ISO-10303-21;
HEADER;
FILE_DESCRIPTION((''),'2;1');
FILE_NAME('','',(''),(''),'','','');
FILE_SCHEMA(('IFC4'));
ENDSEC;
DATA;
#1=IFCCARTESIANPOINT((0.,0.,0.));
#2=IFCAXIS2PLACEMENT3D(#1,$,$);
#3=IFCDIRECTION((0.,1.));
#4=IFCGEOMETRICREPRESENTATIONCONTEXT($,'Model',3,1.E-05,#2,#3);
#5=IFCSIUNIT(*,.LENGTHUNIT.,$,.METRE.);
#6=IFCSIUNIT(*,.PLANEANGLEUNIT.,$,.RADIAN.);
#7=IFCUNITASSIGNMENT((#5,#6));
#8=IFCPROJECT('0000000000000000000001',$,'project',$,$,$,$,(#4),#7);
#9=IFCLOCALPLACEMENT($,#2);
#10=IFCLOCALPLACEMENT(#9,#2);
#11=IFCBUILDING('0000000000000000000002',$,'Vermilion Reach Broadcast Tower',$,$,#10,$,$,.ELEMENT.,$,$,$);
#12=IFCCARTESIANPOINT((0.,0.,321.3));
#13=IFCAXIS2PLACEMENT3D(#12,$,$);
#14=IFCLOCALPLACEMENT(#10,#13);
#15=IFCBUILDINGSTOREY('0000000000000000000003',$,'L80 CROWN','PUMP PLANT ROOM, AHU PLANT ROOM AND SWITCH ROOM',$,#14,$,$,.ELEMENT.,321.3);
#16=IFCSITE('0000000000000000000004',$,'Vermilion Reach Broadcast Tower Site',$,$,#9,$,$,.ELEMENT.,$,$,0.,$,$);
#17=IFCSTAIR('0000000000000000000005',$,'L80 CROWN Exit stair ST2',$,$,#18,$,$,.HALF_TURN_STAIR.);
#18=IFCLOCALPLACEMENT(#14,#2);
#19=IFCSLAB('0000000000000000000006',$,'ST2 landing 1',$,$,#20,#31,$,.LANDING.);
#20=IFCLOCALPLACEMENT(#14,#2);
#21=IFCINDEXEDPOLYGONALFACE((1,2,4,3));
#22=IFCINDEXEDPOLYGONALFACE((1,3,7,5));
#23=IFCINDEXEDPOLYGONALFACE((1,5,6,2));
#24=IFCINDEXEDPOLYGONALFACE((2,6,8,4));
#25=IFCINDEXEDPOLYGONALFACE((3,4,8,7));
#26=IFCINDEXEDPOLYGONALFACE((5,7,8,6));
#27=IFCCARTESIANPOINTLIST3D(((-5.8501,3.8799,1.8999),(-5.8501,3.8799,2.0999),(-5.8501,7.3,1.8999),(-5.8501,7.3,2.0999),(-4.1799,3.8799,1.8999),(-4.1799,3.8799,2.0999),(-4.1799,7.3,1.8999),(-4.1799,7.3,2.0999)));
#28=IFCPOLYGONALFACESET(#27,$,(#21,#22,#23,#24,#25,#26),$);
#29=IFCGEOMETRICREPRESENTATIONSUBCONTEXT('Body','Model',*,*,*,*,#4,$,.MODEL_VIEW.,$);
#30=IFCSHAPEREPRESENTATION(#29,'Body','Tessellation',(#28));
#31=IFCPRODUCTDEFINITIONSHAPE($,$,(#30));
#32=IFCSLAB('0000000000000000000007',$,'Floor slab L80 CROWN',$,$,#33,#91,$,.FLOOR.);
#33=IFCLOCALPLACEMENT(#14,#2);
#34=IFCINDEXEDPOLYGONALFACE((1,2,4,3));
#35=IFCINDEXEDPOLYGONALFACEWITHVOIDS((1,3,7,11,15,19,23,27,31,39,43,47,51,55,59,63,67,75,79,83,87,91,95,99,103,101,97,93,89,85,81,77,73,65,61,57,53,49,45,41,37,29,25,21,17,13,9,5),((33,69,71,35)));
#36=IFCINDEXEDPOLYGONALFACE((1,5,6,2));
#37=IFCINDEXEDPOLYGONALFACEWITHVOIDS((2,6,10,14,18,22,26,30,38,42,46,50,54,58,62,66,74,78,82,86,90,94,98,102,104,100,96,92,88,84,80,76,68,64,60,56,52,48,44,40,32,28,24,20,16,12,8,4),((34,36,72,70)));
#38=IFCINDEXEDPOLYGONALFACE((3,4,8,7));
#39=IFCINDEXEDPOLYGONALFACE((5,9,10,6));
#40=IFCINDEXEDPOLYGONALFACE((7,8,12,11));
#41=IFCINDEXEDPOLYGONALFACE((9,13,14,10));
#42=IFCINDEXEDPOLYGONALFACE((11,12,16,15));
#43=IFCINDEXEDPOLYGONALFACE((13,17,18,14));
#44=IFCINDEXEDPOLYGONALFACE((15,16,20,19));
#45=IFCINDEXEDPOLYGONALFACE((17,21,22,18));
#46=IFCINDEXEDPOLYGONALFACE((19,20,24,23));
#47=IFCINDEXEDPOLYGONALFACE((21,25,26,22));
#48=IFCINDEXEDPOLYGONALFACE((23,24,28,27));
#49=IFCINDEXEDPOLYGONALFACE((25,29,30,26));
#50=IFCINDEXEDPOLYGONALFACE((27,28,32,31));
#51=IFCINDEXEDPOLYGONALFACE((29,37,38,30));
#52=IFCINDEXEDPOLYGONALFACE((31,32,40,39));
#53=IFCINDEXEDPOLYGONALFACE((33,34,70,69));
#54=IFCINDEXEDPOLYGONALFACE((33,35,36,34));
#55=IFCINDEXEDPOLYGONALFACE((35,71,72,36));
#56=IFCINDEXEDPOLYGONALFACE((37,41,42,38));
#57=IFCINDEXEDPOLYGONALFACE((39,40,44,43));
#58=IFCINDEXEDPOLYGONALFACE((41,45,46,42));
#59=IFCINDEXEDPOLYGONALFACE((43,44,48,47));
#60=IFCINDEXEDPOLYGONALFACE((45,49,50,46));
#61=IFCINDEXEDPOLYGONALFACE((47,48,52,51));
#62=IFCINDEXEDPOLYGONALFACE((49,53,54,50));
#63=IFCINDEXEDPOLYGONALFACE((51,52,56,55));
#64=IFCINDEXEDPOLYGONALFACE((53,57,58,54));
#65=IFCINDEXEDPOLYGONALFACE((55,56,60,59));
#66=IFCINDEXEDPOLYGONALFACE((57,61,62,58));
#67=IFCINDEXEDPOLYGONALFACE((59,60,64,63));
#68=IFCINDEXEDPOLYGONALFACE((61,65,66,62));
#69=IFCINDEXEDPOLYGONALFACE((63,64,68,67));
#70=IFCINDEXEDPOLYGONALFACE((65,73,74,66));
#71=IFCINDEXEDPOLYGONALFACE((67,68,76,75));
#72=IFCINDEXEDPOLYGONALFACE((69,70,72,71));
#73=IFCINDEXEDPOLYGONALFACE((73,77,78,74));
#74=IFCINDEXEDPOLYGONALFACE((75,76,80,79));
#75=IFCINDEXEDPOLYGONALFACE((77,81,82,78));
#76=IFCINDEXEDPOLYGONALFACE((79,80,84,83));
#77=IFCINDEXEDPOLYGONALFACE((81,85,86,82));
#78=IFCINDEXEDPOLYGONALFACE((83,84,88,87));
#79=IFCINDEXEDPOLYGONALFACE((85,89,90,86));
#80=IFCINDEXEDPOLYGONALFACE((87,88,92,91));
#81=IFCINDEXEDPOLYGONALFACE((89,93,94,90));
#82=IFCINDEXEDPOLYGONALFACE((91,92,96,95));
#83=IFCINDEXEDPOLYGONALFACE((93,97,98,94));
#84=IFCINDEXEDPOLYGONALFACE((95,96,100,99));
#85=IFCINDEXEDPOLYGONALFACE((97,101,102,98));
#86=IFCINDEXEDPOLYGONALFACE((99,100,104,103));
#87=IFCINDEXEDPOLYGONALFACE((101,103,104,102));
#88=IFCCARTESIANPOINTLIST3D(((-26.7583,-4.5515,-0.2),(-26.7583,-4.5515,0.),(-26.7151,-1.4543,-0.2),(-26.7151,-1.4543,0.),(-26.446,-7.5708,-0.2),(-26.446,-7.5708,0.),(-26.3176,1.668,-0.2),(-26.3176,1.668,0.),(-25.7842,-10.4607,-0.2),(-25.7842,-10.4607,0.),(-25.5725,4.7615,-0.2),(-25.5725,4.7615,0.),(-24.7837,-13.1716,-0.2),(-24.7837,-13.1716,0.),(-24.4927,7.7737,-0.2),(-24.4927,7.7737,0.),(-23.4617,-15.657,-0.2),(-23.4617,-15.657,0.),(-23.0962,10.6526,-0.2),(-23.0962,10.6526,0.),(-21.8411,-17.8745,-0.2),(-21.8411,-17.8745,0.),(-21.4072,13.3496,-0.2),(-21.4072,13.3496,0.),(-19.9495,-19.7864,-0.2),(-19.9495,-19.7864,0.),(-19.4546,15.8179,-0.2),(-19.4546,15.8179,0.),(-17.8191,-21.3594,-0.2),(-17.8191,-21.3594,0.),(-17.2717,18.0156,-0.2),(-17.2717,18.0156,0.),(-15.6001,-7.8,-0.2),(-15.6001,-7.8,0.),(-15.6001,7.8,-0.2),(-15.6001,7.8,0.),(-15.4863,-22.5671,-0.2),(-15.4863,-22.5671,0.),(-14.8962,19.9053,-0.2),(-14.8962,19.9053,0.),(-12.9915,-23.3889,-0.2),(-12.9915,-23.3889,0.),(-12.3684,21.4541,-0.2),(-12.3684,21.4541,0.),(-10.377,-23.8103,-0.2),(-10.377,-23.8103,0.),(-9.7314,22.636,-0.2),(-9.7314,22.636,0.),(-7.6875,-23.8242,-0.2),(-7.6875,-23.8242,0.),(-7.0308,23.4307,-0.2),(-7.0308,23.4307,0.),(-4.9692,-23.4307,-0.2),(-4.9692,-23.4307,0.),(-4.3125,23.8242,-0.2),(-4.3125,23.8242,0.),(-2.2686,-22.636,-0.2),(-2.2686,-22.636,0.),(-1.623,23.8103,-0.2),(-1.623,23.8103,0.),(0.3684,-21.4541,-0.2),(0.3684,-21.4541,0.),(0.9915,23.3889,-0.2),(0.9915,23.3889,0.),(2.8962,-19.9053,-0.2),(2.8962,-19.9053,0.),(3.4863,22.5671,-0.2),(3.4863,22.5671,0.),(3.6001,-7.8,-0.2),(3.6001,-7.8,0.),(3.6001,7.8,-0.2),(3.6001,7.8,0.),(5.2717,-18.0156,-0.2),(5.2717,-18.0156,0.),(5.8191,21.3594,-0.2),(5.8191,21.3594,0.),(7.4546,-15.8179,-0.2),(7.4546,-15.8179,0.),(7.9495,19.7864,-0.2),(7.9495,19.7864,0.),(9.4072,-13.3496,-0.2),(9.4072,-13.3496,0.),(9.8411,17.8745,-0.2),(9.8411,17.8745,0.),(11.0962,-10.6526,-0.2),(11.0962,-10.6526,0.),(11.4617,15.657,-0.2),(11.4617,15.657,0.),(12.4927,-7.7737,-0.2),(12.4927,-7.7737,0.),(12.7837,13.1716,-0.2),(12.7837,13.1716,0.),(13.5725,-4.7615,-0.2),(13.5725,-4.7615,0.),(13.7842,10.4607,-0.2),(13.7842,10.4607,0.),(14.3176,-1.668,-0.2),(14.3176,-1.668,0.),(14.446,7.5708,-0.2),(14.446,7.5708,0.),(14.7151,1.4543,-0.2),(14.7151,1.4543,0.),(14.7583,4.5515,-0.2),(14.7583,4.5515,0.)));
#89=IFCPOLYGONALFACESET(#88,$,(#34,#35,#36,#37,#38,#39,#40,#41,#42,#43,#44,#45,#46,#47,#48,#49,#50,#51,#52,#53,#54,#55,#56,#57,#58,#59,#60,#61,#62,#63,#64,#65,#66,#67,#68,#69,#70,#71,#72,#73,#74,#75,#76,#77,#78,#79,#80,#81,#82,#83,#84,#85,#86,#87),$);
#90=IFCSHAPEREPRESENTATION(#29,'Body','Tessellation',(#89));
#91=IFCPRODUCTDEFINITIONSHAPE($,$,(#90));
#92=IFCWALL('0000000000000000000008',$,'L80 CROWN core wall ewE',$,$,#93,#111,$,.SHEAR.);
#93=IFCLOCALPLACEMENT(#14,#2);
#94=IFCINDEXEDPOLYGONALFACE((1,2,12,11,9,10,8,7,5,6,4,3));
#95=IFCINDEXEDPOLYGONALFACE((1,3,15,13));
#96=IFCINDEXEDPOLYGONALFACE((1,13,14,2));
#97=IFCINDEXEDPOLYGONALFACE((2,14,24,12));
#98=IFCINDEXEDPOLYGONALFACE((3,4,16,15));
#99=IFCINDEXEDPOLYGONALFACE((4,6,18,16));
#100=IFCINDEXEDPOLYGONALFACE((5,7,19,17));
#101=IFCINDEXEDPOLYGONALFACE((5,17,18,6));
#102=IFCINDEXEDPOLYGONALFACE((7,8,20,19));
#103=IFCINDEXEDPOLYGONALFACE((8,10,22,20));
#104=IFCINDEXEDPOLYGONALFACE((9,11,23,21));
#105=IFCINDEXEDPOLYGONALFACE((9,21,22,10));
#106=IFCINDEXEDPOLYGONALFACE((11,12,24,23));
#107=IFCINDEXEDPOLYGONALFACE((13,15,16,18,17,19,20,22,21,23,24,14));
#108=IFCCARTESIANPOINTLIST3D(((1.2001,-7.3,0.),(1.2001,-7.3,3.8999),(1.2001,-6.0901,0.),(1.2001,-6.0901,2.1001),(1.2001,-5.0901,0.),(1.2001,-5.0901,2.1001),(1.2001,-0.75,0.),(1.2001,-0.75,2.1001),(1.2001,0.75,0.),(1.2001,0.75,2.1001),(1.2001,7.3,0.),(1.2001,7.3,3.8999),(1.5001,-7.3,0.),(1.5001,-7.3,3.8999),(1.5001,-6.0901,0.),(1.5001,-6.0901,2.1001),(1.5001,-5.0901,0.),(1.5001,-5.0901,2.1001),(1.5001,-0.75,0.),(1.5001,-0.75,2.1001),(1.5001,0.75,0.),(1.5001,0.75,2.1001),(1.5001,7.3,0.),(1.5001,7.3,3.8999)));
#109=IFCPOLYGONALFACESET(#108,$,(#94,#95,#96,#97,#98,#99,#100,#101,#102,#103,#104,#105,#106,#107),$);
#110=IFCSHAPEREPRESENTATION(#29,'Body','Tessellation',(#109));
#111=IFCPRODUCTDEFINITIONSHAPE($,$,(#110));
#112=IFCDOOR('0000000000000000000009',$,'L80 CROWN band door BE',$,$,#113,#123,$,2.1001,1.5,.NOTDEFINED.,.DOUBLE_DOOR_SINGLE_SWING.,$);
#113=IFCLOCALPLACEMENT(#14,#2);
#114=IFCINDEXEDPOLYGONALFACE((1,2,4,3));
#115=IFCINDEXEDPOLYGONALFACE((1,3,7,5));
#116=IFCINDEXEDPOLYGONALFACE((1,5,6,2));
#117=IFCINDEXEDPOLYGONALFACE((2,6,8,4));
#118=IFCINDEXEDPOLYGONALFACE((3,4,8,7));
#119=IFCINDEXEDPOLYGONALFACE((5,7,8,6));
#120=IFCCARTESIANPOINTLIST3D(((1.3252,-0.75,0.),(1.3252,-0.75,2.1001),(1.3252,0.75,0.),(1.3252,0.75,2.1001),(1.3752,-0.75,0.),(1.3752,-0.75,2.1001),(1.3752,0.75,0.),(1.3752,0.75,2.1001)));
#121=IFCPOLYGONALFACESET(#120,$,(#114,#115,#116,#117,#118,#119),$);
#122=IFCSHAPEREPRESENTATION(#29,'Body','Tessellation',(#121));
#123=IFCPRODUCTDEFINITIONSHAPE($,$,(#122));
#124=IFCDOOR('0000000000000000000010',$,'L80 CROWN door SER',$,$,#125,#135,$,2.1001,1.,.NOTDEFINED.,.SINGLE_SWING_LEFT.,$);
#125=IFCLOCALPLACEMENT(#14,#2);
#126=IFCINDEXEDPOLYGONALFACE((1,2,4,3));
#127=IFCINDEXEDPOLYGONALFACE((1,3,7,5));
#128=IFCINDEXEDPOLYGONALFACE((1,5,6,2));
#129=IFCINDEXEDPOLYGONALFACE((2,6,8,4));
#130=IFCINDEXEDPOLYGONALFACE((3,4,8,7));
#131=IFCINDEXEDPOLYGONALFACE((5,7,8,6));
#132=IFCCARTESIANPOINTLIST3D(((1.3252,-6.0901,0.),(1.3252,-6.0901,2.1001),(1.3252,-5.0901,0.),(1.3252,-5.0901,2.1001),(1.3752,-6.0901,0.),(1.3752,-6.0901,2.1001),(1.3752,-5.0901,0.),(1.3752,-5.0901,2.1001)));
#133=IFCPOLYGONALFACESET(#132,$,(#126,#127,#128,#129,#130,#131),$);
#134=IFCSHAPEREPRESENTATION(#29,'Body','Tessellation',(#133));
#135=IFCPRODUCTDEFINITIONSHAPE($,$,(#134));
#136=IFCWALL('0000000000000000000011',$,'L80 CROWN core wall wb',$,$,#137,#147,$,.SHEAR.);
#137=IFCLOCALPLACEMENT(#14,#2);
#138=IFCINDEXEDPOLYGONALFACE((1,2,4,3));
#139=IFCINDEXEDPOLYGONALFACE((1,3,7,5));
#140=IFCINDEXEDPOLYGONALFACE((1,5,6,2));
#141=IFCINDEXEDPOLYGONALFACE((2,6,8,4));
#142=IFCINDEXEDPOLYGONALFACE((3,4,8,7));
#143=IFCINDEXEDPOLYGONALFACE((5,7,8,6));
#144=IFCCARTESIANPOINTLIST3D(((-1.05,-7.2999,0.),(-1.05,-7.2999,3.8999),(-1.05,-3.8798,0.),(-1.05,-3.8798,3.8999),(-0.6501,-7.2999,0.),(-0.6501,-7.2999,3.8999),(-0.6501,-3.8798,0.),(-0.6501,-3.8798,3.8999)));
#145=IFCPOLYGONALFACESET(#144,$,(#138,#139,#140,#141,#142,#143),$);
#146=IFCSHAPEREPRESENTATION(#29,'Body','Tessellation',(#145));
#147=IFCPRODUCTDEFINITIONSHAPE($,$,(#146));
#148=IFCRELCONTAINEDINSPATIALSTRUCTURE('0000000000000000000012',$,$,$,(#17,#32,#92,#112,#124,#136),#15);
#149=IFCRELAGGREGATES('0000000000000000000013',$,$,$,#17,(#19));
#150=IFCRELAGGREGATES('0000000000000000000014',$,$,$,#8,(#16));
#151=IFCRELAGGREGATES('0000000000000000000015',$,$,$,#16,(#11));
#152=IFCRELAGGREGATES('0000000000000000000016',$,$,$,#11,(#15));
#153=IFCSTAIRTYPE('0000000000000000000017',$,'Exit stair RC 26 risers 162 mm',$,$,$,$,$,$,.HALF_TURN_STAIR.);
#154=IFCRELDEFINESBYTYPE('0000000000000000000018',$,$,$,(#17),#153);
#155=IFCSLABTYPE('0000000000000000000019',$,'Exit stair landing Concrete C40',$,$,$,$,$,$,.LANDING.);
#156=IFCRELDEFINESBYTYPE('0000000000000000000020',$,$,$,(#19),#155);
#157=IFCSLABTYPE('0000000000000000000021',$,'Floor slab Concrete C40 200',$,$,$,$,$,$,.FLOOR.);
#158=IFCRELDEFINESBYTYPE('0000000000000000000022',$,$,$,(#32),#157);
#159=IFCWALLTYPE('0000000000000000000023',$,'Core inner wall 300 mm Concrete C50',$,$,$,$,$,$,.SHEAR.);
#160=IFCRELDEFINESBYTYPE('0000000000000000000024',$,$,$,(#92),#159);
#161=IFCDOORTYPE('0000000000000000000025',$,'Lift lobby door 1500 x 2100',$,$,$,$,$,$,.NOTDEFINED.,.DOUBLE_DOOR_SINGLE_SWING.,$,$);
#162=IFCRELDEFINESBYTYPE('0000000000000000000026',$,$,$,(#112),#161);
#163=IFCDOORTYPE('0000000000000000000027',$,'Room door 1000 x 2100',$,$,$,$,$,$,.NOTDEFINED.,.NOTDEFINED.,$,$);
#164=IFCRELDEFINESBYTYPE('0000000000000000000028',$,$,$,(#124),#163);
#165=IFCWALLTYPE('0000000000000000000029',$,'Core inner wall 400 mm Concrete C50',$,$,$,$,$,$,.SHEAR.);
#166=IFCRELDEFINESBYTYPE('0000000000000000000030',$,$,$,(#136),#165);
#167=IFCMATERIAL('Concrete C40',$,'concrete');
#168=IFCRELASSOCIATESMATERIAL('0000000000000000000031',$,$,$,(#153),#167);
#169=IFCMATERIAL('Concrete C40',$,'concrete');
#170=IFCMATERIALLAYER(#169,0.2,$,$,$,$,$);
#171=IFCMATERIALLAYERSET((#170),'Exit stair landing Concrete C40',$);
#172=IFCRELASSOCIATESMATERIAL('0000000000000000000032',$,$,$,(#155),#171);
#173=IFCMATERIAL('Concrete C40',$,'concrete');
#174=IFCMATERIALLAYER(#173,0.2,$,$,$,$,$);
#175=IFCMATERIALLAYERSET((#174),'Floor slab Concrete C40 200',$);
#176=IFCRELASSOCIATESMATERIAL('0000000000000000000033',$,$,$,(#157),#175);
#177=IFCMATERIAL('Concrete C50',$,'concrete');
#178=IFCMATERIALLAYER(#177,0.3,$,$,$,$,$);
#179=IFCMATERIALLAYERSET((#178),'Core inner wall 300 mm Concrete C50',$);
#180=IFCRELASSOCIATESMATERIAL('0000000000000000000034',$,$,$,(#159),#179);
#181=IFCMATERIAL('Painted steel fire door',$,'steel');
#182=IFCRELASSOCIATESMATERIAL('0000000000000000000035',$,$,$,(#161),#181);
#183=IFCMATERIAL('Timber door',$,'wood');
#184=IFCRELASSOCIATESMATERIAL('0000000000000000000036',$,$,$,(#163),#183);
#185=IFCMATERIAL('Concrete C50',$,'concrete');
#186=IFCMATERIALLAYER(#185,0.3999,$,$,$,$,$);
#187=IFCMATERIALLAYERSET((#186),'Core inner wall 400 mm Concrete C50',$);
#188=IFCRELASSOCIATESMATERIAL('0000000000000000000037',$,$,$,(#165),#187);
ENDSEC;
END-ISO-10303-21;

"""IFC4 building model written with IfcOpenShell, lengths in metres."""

from ifc_helpers import new_model, si_unit, direction, frame, frame_2d, origin, place, context, subcontext, project, spatial, polyline, rectangle, outline, extrude, material, layer, layer_set, type_object, element, fill, aggregate, save


model = new_model("IFC4")

# Units and contexts
model_context = context("Model", 3, precision=1e-05, world=origin(), true_north=direction((0.0, 1.0)))
body_context = subcontext(model_context, "Body", "Model", "MODEL_VIEW")
ifc_project = project(units=[si_unit("LENGTHUNIT", "METRE"), si_unit("PLANEANGLEUNIT", "RADIAN")], contexts=[model_context])

# Site, building, storey
site_placement = place(None, origin())
site = spatial("IfcSite", under=ifc_project, at=site_placement, Name="Vermilion Reach Broadcast Tower Site", CompositionType="ELEMENT", RefElevation=0.0)
building_placement = place(site_placement, origin())
building = spatial("IfcBuilding", under=site, at=building_placement, Name="Vermilion Reach Broadcast Tower", CompositionType="ELEMENT")
storey_placement = place(building_placement, frame((0.0, 0.0, 321.3)))
storey = spatial("IfcBuildingStorey", under=building, at=storey_placement, Name="L80 CROWN", Description="PUMP PLANT ROOM, AHU PLANT ROOM AND SWITCH ROOM", CompositionType="ELEMENT", Elevation=321.3)

# Stair, slab
ifc_material_1 = material(Name="Concrete C40", Category="concrete")
stair_type = type_object("IfcStairType", Name="Exit stair RC 26 risers 162 mm", PredefinedType="HALF_TURN_STAIR", material=ifc_material_1)
placement_1 = place(storey_placement, origin())
ifc_material_2 = material(Name="Concrete C40", Category="concrete")
ifc_layer_1 = layer(ifc_material_2, 0.2)
ifc_layer_set_1 = layer_set([ifc_layer_1], Name="Exit stair landing Concrete C40")
slab_type_1 = type_object("IfcSlabType", Name="Exit stair landing Concrete C40", PredefinedType="LANDING", material=ifc_layer_set_1)
placement_2 = place(storey_placement, frame((0.0, 0.0, 1.8999)))
stair_1 = element("IfcStair", 1, at=placement_1, inside=storey, type_object=stair_type, Name="L80 CROWN Exit stair ST2", PredefinedType="HALF_TURN_STAIR")
slab_1 = element("IfcSlab", 2, at=placement_2, type_object=slab_type_1, Name="ST2 landing 1", PredefinedType="LANDING", context=body_context, shape_type="SweptSolid", body=[
    extrude(outline(polyline([(-4.1799, 7.3), (-5.8501, 7.3), (-5.8501, 3.8799), (-4.1799, 3.8799), (-4.1799, 7.3)])), origin(), (0.0, 0.0, 1.0), 0.2),
])
aggregate(stair_1, [slab_1])

# Slab
ifc_material_3 = material(Name="Concrete C40", Category="concrete")
ifc_layer_2 = layer(ifc_material_3, 0.2)
ifc_layer_set_2 = layer_set([ifc_layer_2], Name="Floor slab Concrete C40 200")
slab_type_2 = type_object("IfcSlabType", Name="Floor slab Concrete C40 200", PredefinedType="FLOOR", material=ifc_layer_set_2)
slab_2_placement = place(storey_placement, frame((0.0, 0.0, -0.2)))
element("IfcSlab", 3, at=slab_2_placement, inside=storey, type_object=slab_type_2, Name="Floor slab L80 CROWN", PredefinedType="FLOOR", context=body_context, shape_type="SweptSolid", body=[
    extrude(outline(polyline([(3.4863, 22.5671), (0.9915, 23.3889), (-1.623, 23.8103), (-4.3125, 23.8242), (-7.0308, 23.4307), (-9.7314, 22.636), (-12.3684, 21.4541), (-14.8962, 19.9053), (-17.2717, 18.0156), (-19.4546, 15.8179), (-21.4072, 13.3496), (-23.0962, 10.6526), (-24.4927, 7.7737), (-25.5725, 4.7615), (-26.3176, 1.668), (-26.7151, -1.4543), (-26.7583, -4.5515), (-26.446, -7.5708), (-25.7842, -10.4607), (-24.7837, -13.1716), (-23.4617, -15.657), (-21.8411, -17.8745), (-19.9495, -19.7864), (-17.8191, -21.3594), (-15.4863, -22.5671), (-12.9915, -23.3889), (-10.377, -23.8103), (-7.6875, -23.8242), (-4.9692, -23.4307), (-2.2686, -22.636), (0.3684, -21.4541), (2.8962, -19.9053), (5.2717, -18.0156), (7.4546, -15.8179), (9.4072, -13.3496), (11.0962, -10.6526), (12.4927, -7.7737), (13.5725, -4.7615), (14.3176, -1.668), (14.7151, 1.4543), (14.7583, 4.5515), (14.446, 7.5708), (13.7842, 10.4607), (12.7837, 13.1716), (11.4617, 15.657), (9.8411, 17.8745), (7.9495, 19.7864), (5.8191, 21.3594), (3.4863, 22.5671)]), holes=[polyline([(-15.6001, -7.8), (3.6001, -7.8), (3.6001, 7.8), (-15.6001, 7.8), (-15.6001, -7.8)])]), origin(), (0.0, 0.0, 1.0), 0.2),
])

# Wall, openings, doors
ifc_material_4 = material(Name="Concrete C50", Category="concrete")
ifc_layer_3 = layer(ifc_material_4, 0.3)
ifc_layer_set_3 = layer_set([ifc_layer_3], Name="Core inner wall 300 mm Concrete C50")
wall_type_1 = type_object("IfcWallType", Name="Core inner wall 300 mm Concrete C50", PredefinedType="SHEAR", material=ifc_layer_set_3)
wall_1_placement = place(storey_placement, frame((1.3501, -7.3, 0.0), z_axis=(0.0, 0.0, 1.0), x_axis=(0.0, 1.0, 0.0)))
wall_1 = element("IfcWall", 4, at=wall_1_placement, inside=storey, type_object=wall_type_1, Name="L80 CROWN core wall ewE", PredefinedType="SHEAR", context=body_context, shape_type="SweptSolid", body=[
    extrude(rectangle(XDim=14.6001, YDim=0.3, at=frame_2d((7.3, 0.0))), origin(), (0.0, 0.0, 1.0), 3.8999),
])
opening_1_placement = place(wall_1_placement, frame((1.21, 0.0, 0.0)))
opening_1 = element("IfcOpeningElement", 5, at=opening_1_placement, cuts=wall_1, PredefinedType="OPENING", context=body_context, shape_type="SweptSolid", body=[
    extrude(rectangle(XDim=1.0, YDim=2.1001, at=frame_2d((0.5, 1.05))), frame((0.0, 0.1599, 0.0), z_axis=(0.0, -1.0, 0.0), x_axis=(1.0, 0.0, 0.0)), (0.0, 0.0, 1.0), 0.3201),
])
opening_2_placement = place(wall_1_placement, frame((6.55, 0.0, 0.0)))
opening_2 = element("IfcOpeningElement", 6, at=opening_2_placement, cuts=wall_1, PredefinedType="OPENING", context=body_context, shape_type="SweptSolid", body=[
    extrude(rectangle(XDim=1.5, YDim=2.1001, at=frame_2d((0.75, 1.05))), frame((0.0, 0.1599, 0.0), z_axis=(0.0, -1.0, 0.0), x_axis=(1.0, 0.0, 0.0)), (0.0, 0.0, 1.0), 0.3201),
])
ifc_material_5 = material(Name="Painted steel fire door", Category="steel")
door_type_1 = type_object("IfcDoorType", Name="Lift lobby door 1500 x 2100", OperationType="DOUBLE_DOOR_SINGLE_SWING", PredefinedType="NOTDEFINED", material=ifc_material_5)
door_1_placement = place(opening_2_placement, origin())
door_1 = element("IfcDoor", 7, at=door_1_placement, inside=storey, type_object=door_type_1, Name="L80 CROWN band door BE", OperationType="DOUBLE_DOOR_SINGLE_SWING", OverallHeight=2.1001, OverallWidth=1.5, PredefinedType="NOTDEFINED", context=body_context, shape_type="SweptSolid", body=[
    extrude(rectangle(XDim=1.5, YDim=2.1001, at=frame_2d((0.75, 1.05))), frame((0.0, 0.0249, 0.0), z_axis=(0.0, -1.0, 0.0), x_axis=(1.0, 0.0, 0.0)), (0.0, 0.0, 1.0), 0.05),
])
fill(opening_2, door_1)
ifc_material_6 = material(Name="Timber door", Category="wood")
door_type_2 = type_object("IfcDoorType", Name="Room door 1000 x 2100", OperationType="NOTDEFINED", PredefinedType="NOTDEFINED", material=ifc_material_6)
door_2_placement = place(opening_1_placement, origin())
door_2 = element("IfcDoor", 8, at=door_2_placement, inside=storey, type_object=door_type_2, Name="L80 CROWN door SER", OperationType="SINGLE_SWING_LEFT", OverallHeight=2.1001, OverallWidth=1.0, PredefinedType="NOTDEFINED", context=body_context, shape_type="SweptSolid", body=[
    extrude(rectangle(XDim=1.0, YDim=2.1001, at=frame_2d((0.5, 1.05))), frame((0.0, 0.0249, 0.0), z_axis=(0.0, -1.0, 0.0), x_axis=(1.0, 0.0, 0.0)), (0.0, 0.0, 1.0), 0.05),
])
fill(opening_1, door_2)

# Wall
ifc_material_7 = material(Name="Concrete C50", Category="concrete")
ifc_layer_4 = layer(ifc_material_7, 0.3999)
ifc_layer_set_4 = layer_set([ifc_layer_4], Name="Core inner wall 400 mm Concrete C50")
wall_type_2 = type_object("IfcWallType", Name="Core inner wall 400 mm Concrete C50", PredefinedType="SHEAR", material=ifc_layer_set_4)
wall_2_placement = place(storey_placement, frame((-0.8501, -3.8799, 0.0), z_axis=(0.0, 0.0, 1.0), x_axis=(0.0, -1.0, 0.0)))
element("IfcWall", 9, at=wall_2_placement, inside=storey, type_object=wall_type_2, Name="L80 CROWN core wall wb", PredefinedType="SHEAR", context=body_context, shape_type="SweptSolid", body=[
    extrude(rectangle(XDim=3.4202, YDim=0.3999, at=frame_2d((1.71, 0.0))), origin(), (0.0, 0.0, 1.0), 3.8999),
])

save(model, "model.ifc")
